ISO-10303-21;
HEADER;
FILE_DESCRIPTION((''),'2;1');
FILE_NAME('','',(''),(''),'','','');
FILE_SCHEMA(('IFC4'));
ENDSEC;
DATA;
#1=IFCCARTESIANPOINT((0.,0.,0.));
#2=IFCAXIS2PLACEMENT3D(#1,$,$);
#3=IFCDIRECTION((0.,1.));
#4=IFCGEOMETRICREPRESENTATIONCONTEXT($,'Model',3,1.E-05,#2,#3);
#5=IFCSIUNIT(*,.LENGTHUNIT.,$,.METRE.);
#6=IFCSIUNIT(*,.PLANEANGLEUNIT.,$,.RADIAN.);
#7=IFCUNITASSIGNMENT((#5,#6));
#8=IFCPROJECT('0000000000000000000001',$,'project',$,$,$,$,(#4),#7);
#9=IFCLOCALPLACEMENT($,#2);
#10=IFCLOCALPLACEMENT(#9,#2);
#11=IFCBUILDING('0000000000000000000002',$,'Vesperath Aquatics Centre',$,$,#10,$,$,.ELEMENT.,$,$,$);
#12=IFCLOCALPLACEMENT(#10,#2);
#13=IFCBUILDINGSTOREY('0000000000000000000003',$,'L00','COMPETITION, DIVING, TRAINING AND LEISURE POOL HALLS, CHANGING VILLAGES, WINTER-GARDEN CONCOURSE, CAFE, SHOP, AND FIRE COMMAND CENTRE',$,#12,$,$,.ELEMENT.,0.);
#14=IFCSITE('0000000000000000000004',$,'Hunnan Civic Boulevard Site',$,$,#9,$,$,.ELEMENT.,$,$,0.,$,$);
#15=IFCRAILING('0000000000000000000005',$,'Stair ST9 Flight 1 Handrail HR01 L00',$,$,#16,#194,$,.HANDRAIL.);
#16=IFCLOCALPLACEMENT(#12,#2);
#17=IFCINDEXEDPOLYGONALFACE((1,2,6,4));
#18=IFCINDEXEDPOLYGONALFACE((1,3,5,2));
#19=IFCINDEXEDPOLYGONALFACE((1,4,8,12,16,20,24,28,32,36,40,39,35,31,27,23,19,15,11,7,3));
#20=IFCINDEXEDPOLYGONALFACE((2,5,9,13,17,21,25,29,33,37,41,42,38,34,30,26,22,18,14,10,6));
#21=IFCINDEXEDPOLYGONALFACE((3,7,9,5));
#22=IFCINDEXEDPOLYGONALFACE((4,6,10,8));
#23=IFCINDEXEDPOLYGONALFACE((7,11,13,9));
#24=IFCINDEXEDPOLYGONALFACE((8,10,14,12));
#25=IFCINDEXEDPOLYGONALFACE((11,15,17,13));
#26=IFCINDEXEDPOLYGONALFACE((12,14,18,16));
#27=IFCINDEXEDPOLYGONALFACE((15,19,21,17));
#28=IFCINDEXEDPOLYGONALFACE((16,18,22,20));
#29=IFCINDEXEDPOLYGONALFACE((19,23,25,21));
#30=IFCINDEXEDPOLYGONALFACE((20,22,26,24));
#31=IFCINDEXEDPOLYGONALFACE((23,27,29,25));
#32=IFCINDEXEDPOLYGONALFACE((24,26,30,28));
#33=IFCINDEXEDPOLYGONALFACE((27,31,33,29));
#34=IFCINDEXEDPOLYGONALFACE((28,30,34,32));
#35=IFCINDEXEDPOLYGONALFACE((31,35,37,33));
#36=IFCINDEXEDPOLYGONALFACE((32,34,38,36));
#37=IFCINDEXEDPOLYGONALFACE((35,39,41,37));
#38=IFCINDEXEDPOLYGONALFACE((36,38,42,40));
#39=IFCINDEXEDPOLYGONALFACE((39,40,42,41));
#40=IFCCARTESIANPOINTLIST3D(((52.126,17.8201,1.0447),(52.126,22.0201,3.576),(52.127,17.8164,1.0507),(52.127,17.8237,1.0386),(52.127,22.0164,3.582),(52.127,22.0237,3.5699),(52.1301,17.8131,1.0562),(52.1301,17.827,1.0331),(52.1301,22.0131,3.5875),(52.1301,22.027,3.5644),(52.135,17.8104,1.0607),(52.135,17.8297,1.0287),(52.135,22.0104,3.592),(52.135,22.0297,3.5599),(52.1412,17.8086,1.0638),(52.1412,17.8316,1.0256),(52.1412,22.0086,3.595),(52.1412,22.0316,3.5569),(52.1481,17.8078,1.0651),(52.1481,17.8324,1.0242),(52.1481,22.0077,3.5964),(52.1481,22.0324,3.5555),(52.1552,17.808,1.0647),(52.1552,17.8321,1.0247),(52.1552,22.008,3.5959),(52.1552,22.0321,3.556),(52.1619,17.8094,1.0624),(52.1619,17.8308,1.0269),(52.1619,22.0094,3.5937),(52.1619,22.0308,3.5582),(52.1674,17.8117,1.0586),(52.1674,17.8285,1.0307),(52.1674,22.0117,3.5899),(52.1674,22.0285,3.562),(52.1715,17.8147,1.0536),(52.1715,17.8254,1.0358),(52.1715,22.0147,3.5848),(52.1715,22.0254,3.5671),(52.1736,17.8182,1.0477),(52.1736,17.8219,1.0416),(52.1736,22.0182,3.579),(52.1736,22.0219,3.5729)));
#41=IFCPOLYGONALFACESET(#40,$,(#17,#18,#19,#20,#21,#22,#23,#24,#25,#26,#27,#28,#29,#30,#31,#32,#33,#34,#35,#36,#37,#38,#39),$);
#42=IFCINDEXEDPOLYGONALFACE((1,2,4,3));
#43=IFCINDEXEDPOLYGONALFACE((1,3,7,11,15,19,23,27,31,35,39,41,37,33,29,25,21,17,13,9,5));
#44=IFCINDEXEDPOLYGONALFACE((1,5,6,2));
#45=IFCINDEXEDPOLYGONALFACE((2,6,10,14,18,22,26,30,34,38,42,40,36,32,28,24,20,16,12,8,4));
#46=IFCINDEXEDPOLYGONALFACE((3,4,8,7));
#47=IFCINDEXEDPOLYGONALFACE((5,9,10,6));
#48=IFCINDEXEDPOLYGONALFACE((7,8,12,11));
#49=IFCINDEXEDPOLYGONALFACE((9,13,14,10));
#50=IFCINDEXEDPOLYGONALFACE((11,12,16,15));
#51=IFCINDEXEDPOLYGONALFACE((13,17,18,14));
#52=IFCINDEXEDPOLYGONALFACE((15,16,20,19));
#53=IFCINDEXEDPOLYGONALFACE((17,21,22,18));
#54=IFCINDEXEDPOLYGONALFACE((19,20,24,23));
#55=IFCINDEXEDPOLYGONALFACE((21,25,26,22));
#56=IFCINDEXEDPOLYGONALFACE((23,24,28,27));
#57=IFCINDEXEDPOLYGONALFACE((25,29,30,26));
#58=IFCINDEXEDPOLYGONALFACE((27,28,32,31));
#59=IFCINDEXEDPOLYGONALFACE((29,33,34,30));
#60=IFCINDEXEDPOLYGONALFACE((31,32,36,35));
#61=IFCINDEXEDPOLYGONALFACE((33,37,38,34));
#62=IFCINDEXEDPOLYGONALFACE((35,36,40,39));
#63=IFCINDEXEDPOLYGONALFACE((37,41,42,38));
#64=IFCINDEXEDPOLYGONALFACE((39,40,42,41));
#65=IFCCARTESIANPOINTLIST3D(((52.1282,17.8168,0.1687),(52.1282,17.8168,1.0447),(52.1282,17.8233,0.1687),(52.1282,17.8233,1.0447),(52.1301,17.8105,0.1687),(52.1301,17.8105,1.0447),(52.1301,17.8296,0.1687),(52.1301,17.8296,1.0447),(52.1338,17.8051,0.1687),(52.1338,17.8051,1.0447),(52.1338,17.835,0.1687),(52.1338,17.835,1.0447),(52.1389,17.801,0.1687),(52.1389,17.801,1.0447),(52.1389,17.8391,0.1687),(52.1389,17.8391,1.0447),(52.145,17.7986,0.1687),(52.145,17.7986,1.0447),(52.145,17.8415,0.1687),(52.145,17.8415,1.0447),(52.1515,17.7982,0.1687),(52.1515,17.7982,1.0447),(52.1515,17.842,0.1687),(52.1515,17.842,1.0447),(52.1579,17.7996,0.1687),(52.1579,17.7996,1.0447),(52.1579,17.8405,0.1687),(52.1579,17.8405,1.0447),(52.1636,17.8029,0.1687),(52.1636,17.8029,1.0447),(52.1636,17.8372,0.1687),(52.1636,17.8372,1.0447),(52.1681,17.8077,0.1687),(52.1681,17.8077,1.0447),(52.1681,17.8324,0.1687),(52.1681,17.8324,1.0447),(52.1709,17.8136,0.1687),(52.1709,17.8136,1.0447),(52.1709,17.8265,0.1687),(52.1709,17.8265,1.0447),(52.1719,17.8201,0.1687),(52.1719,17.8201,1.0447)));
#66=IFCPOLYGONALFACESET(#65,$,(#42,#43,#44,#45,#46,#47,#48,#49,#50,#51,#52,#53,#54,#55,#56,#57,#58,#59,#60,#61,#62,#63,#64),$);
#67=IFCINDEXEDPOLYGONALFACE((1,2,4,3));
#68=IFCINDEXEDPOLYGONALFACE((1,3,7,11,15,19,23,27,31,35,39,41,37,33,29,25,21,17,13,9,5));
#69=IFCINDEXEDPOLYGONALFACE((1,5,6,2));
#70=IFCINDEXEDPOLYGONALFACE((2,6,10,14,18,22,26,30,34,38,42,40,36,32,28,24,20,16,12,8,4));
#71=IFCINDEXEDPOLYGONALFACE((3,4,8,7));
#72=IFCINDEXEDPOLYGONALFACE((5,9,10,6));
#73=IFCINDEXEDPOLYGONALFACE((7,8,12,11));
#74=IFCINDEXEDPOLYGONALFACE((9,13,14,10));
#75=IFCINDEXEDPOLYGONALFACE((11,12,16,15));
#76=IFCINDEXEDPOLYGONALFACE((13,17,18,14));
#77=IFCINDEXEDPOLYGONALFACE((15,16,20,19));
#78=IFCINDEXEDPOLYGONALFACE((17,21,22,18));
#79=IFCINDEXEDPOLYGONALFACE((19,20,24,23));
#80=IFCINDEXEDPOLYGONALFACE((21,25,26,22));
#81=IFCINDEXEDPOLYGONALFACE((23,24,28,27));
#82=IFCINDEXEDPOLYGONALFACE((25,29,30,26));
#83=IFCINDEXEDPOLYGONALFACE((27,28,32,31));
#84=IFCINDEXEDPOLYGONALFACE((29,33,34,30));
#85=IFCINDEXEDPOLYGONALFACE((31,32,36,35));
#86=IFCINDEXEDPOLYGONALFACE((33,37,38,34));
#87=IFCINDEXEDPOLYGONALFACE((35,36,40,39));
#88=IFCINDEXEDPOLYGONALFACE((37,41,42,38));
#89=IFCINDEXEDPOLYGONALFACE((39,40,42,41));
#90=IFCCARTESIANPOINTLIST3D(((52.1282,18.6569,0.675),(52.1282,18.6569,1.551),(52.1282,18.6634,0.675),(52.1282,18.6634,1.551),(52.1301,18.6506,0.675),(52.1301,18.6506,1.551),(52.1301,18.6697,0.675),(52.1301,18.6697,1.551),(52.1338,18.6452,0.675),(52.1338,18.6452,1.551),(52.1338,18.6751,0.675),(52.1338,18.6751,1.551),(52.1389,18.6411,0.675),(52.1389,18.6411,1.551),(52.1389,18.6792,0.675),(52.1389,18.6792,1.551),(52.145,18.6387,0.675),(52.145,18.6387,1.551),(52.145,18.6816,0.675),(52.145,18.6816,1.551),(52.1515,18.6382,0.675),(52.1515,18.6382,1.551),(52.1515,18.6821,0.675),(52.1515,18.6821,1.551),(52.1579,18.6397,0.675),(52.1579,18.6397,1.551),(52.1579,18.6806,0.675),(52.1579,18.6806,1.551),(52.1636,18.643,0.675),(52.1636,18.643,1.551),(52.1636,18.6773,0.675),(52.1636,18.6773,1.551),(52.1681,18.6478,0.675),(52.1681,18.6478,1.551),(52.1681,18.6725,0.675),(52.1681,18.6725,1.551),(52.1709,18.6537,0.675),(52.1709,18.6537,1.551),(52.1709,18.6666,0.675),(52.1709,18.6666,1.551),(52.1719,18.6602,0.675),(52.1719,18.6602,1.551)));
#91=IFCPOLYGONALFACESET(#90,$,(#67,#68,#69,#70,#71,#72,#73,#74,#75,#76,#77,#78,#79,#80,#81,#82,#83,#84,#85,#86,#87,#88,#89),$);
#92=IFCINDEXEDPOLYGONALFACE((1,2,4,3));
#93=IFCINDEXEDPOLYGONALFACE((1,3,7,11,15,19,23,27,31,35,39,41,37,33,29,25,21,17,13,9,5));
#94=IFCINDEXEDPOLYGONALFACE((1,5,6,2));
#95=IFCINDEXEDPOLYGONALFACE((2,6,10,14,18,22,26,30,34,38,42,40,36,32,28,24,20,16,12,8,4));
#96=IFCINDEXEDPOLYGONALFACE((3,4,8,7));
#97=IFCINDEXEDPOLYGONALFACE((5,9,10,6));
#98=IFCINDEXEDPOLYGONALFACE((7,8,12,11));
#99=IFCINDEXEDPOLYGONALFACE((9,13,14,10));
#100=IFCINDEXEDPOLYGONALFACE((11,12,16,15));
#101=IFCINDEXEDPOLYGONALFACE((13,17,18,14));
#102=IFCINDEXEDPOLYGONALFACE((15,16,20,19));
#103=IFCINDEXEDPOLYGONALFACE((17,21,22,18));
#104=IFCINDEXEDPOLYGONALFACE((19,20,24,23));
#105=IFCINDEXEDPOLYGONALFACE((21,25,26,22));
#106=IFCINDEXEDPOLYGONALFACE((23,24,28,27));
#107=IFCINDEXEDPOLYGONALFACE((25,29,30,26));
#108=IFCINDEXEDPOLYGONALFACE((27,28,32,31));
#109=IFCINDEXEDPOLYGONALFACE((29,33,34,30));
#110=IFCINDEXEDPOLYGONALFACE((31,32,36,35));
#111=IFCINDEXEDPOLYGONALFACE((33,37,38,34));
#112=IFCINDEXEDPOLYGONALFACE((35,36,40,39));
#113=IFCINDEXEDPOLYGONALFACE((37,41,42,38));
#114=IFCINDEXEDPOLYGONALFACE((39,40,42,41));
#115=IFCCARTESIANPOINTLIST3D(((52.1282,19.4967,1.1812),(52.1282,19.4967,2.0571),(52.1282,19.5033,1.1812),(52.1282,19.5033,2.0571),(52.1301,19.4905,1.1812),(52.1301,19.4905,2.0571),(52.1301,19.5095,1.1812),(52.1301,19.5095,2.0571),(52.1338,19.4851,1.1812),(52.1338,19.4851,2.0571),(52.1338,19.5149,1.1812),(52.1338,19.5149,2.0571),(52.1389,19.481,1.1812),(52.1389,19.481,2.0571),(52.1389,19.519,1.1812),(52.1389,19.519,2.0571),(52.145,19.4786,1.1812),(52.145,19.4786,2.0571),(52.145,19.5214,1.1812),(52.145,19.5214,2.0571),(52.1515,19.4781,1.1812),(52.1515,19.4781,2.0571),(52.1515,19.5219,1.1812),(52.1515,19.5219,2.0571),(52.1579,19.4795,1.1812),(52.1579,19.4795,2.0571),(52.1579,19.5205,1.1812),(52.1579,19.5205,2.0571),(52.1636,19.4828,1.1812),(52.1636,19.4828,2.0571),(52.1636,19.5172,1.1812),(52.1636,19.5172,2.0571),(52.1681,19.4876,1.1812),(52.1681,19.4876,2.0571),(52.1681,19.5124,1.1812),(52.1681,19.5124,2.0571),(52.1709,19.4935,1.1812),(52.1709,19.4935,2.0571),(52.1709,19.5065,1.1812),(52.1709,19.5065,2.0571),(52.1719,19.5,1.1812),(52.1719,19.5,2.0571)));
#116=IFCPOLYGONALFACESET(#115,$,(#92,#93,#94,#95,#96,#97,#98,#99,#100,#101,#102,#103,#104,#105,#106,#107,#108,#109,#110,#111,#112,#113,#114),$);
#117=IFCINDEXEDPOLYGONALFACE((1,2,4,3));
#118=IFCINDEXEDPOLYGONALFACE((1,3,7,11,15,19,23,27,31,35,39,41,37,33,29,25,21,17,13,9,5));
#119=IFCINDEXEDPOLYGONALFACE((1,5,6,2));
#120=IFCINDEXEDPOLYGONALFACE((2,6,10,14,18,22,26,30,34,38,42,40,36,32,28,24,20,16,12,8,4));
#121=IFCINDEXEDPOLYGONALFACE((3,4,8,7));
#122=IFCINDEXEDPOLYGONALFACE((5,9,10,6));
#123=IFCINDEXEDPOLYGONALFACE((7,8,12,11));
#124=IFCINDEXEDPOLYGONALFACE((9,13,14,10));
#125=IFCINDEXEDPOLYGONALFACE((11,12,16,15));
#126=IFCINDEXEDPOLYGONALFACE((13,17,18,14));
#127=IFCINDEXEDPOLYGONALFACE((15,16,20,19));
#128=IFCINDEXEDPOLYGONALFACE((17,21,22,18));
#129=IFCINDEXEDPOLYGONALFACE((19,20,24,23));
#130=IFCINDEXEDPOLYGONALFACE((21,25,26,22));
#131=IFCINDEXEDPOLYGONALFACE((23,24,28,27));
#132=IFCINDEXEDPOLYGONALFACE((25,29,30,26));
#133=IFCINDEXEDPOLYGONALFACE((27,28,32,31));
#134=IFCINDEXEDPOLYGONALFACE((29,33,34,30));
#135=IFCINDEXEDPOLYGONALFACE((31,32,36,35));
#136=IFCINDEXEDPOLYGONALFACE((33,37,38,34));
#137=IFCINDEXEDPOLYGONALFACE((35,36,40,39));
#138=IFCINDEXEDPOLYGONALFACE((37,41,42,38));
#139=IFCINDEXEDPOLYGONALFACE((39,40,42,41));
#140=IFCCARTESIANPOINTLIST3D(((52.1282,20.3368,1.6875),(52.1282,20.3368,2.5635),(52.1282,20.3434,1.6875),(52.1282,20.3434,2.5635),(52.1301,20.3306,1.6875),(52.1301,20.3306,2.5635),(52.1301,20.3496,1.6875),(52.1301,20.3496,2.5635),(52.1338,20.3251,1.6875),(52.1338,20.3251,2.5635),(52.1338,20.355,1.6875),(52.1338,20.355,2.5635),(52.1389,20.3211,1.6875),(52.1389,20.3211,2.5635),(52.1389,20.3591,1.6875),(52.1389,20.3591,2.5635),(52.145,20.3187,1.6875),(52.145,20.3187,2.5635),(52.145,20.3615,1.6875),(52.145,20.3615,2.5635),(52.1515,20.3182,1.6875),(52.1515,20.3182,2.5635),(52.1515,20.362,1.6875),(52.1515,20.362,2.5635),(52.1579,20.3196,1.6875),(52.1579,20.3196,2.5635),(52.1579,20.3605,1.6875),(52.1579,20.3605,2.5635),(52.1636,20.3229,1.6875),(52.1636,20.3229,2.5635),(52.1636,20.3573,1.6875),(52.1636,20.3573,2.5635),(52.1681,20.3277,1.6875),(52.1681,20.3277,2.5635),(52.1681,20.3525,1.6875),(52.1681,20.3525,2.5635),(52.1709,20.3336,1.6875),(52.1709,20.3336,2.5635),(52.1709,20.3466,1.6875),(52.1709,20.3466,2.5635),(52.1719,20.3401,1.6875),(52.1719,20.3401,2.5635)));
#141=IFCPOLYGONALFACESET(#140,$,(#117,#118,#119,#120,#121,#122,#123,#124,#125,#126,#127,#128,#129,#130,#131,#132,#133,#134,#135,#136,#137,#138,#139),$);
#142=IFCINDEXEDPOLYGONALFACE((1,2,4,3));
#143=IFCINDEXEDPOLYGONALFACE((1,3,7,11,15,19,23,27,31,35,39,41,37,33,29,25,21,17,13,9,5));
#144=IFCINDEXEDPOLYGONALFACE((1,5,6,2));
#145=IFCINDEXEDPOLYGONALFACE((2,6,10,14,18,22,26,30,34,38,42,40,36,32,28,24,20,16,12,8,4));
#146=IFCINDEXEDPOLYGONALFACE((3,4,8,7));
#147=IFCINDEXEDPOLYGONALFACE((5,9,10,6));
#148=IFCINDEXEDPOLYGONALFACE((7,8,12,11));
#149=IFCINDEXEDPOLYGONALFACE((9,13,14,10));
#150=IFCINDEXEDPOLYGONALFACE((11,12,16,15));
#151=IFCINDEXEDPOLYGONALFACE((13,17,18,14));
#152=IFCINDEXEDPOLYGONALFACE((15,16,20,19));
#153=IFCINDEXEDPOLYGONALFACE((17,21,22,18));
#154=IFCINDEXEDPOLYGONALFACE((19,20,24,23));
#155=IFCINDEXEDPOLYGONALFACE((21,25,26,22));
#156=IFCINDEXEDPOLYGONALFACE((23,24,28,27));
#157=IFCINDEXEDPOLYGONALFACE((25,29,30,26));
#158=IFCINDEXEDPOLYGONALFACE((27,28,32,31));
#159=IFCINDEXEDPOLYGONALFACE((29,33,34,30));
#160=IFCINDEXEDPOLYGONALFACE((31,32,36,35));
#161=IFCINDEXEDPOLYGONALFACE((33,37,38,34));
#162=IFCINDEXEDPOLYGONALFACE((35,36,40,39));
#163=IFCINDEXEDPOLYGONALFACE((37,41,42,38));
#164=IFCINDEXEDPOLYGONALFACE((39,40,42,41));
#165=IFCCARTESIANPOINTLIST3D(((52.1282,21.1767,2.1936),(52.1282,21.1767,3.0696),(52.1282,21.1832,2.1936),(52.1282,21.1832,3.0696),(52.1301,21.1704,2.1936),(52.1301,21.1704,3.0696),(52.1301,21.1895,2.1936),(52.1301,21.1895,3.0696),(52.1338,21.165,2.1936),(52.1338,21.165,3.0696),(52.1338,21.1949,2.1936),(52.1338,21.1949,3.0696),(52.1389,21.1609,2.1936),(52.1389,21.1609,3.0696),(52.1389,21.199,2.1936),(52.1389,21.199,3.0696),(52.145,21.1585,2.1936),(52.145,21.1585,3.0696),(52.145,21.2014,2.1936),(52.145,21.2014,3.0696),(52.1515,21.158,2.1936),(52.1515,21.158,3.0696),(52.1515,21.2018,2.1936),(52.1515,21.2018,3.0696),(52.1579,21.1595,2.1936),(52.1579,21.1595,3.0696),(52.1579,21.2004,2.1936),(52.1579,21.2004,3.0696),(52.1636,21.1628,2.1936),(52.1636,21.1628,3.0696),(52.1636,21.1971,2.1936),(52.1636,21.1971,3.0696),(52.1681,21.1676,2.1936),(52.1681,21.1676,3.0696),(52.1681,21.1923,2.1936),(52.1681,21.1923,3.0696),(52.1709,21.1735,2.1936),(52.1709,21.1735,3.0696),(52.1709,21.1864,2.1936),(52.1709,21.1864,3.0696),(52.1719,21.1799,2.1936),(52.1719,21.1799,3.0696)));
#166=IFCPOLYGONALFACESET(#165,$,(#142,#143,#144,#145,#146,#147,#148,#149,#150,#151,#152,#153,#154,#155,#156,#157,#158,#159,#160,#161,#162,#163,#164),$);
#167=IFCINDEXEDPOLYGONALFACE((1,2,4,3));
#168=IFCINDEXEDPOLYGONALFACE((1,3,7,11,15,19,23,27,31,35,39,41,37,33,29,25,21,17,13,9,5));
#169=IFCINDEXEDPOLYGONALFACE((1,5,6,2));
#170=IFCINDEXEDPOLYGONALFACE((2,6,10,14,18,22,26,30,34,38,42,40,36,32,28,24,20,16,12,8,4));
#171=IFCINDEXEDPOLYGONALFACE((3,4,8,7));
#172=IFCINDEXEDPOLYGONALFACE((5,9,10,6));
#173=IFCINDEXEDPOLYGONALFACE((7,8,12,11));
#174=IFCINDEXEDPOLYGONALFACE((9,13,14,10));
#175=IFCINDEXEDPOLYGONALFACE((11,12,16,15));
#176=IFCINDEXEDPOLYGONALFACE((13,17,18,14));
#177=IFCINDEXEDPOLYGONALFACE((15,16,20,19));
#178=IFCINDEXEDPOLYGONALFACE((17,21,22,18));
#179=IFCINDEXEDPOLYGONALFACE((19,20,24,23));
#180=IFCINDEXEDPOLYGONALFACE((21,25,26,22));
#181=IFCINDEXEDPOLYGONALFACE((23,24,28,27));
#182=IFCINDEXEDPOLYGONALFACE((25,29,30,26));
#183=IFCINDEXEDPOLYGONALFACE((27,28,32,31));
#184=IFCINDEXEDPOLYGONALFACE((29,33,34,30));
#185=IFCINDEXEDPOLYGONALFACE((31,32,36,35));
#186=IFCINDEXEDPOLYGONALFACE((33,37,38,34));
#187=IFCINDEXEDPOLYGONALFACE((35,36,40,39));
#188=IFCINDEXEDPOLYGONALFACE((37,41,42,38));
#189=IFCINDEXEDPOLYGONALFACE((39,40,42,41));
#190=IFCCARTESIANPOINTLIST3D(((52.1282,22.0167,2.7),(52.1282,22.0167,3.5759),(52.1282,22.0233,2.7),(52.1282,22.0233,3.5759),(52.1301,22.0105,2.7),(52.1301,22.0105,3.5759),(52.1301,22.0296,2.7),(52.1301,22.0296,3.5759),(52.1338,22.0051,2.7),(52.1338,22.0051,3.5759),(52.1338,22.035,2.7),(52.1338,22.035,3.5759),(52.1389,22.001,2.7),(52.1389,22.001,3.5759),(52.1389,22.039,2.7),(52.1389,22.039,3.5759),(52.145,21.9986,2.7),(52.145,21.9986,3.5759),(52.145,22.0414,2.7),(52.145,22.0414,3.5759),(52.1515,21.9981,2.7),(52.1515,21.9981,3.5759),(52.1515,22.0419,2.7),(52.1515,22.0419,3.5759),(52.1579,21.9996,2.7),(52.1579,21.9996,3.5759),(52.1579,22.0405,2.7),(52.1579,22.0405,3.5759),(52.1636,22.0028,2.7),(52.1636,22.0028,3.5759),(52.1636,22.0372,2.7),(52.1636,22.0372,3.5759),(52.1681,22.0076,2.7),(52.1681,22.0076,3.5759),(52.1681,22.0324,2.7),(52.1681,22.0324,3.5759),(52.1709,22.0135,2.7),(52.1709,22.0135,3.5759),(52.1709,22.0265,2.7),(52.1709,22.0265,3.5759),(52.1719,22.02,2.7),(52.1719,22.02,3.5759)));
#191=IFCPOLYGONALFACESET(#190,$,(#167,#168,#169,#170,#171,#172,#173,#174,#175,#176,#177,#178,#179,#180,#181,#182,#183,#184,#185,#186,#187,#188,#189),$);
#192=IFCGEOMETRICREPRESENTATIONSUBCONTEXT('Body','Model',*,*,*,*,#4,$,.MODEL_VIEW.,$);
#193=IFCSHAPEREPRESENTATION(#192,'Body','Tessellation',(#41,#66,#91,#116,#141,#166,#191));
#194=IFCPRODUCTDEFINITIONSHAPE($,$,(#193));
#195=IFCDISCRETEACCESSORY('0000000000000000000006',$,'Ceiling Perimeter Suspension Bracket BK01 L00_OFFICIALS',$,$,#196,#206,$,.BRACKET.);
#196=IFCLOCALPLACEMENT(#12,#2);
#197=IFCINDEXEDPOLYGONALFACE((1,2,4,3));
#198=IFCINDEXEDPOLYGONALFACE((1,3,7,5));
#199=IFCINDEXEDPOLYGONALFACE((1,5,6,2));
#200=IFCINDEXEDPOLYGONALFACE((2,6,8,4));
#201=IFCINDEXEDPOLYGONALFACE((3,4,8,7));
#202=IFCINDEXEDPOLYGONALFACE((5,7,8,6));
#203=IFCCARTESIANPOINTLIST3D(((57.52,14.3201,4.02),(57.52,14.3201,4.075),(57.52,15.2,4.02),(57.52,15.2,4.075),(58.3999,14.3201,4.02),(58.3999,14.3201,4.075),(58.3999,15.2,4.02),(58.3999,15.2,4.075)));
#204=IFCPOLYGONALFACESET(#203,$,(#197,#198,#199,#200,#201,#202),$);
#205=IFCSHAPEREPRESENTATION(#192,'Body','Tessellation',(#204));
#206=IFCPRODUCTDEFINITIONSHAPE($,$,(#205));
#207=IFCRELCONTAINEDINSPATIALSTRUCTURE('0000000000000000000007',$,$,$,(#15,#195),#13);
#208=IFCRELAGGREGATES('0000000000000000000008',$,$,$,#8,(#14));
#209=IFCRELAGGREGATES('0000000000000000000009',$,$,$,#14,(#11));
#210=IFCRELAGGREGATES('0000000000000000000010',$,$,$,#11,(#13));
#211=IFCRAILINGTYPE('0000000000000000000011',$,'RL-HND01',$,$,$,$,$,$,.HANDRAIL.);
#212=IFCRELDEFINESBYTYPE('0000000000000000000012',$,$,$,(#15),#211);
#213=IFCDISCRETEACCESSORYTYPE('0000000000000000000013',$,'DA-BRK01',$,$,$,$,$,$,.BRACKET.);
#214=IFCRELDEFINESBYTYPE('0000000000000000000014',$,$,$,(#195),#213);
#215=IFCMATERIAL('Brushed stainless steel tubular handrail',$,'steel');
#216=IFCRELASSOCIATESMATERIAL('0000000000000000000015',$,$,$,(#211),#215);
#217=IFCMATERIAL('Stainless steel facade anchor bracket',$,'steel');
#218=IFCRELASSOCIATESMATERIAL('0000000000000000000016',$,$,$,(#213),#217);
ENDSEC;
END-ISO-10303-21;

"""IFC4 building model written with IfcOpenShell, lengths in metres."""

from ifc_helpers import new_model, si_unit, direction, frame, origin, origin_2d, place, context, subcontext, project, spatial, rectangle, circle, extrude, material, type_object, element, save


model = new_model("IFC4")

# Units and contexts
model_context = context("Model", 3, precision=1e-05, world=origin(), true_north=direction((0.0, 1.0)))
body_context = subcontext(model_context, "Body", "Model", "MODEL_VIEW")
ifc_project = project(units=[si_unit("LENGTHUNIT", "METRE"), si_unit("PLANEANGLEUNIT", "RADIAN")], contexts=[model_context])

# Site, building, storey
site_placement = place(None, origin())
site = spatial("IfcSite", under=ifc_project, at=site_placement, Name="Hunnan Civic Boulevard Site", CompositionType="ELEMENT", RefElevation=0.0)
building_placement = place(site_placement, origin())
building = spatial("IfcBuilding", under=site, at=building_placement, Name="Vesperath Aquatics Centre", CompositionType="ELEMENT")
storey_placement = place(building_placement, origin())
storey = spatial("IfcBuildingStorey", under=building, at=storey_placement, Name="L00", Description="COMPETITION, DIVING, TRAINING AND LEISURE POOL HALLS, CHANGING VILLAGES, WINTER-GARDEN CONCOURSE, CAFE, SHOP, AND FIRE COMMAND CENTRE", CompositionType="ELEMENT", Elevation=0.0)

# Railing
ifc_material_1 = material(Name="Brushed stainless steel tubular handrail", Category="steel")
railing_type_1 = type_object("IfcRailingType", Name="RL-HND01", PredefinedType="HANDRAIL", material=ifc_material_1)
railing_1_placement = place(storey_placement, frame((52.1499, 17.8201, 0.1687)))
element("IfcRailing", 1, at=railing_1_placement, inside=storey, type_object=railing_type_1, Name="Stair ST9 Flight 1 Handrail HR01 L00", PredefinedType="HANDRAIL", context=body_context, shape_type="SweptSolid", body=[
    extrude(circle(Radius=0.0239, at=origin_2d()), frame((0.0, 0.0, 0.876), z_axis=(0.0, 0.856476, 0.516186), x_axis=(-1.0, 0.0, 0.0)), (0.0, 0.0, 1.0), 4.9038),
    extrude(circle(Radius=0.022, at=origin_2d()), origin(), (0.0, 0.0, 1.0), 0.876),
    extrude(circle(Radius=0.022, at=origin_2d()), frame((0.0, 0.8401, 0.5063)), (0.0, 0.0, 1.0), 0.876),
    extrude(circle(Radius=0.022, at=origin_2d()), frame((0.0, 1.6799, 1.0125)), (0.0, 0.0, 1.0), 0.876),
    extrude(circle(Radius=0.022, at=origin_2d()), frame((0.0, 2.52, 1.5188)), (0.0, 0.0, 1.0), 0.876),
    extrude(circle(Radius=0.022, at=origin_2d()), frame((0.0, 3.3599, 2.0249)), (0.0, 0.0, 1.0), 0.876),
    extrude(circle(Radius=0.022, at=origin_2d()), frame((0.0, 4.2, 2.5312)), (0.0, 0.0, 1.0), 0.876),
])

# Discrete accessory
ifc_material_2 = material(Name="Stainless steel facade anchor bracket", Category="steel")
discrete_accessory_type = type_object("IfcDiscreteAccessoryType", Name="DA-BRK01", PredefinedType="BRACKET", material=ifc_material_2)
discrete_accessory_placement = place(storey_placement, frame((57.96, 14.76, 4.02), z_axis=(0.0, 0.0, 1.0), x_axis=(1.0, 0.0, 0.0)))
element("IfcDiscreteAccessory", 2, at=discrete_accessory_placement, inside=storey, type_object=discrete_accessory_type, Name="Ceiling Perimeter Suspension Bracket BK01 L00_OFFICIALS", PredefinedType="BRACKET", context=body_context, shape_type="SweptSolid", body=[
    extrude(rectangle(XDim=0.8799, YDim=0.8799, at=origin_2d()), origin(), (0.0, 0.0, 1.0), 0.0549),
])

save(model, "model.ifc")
